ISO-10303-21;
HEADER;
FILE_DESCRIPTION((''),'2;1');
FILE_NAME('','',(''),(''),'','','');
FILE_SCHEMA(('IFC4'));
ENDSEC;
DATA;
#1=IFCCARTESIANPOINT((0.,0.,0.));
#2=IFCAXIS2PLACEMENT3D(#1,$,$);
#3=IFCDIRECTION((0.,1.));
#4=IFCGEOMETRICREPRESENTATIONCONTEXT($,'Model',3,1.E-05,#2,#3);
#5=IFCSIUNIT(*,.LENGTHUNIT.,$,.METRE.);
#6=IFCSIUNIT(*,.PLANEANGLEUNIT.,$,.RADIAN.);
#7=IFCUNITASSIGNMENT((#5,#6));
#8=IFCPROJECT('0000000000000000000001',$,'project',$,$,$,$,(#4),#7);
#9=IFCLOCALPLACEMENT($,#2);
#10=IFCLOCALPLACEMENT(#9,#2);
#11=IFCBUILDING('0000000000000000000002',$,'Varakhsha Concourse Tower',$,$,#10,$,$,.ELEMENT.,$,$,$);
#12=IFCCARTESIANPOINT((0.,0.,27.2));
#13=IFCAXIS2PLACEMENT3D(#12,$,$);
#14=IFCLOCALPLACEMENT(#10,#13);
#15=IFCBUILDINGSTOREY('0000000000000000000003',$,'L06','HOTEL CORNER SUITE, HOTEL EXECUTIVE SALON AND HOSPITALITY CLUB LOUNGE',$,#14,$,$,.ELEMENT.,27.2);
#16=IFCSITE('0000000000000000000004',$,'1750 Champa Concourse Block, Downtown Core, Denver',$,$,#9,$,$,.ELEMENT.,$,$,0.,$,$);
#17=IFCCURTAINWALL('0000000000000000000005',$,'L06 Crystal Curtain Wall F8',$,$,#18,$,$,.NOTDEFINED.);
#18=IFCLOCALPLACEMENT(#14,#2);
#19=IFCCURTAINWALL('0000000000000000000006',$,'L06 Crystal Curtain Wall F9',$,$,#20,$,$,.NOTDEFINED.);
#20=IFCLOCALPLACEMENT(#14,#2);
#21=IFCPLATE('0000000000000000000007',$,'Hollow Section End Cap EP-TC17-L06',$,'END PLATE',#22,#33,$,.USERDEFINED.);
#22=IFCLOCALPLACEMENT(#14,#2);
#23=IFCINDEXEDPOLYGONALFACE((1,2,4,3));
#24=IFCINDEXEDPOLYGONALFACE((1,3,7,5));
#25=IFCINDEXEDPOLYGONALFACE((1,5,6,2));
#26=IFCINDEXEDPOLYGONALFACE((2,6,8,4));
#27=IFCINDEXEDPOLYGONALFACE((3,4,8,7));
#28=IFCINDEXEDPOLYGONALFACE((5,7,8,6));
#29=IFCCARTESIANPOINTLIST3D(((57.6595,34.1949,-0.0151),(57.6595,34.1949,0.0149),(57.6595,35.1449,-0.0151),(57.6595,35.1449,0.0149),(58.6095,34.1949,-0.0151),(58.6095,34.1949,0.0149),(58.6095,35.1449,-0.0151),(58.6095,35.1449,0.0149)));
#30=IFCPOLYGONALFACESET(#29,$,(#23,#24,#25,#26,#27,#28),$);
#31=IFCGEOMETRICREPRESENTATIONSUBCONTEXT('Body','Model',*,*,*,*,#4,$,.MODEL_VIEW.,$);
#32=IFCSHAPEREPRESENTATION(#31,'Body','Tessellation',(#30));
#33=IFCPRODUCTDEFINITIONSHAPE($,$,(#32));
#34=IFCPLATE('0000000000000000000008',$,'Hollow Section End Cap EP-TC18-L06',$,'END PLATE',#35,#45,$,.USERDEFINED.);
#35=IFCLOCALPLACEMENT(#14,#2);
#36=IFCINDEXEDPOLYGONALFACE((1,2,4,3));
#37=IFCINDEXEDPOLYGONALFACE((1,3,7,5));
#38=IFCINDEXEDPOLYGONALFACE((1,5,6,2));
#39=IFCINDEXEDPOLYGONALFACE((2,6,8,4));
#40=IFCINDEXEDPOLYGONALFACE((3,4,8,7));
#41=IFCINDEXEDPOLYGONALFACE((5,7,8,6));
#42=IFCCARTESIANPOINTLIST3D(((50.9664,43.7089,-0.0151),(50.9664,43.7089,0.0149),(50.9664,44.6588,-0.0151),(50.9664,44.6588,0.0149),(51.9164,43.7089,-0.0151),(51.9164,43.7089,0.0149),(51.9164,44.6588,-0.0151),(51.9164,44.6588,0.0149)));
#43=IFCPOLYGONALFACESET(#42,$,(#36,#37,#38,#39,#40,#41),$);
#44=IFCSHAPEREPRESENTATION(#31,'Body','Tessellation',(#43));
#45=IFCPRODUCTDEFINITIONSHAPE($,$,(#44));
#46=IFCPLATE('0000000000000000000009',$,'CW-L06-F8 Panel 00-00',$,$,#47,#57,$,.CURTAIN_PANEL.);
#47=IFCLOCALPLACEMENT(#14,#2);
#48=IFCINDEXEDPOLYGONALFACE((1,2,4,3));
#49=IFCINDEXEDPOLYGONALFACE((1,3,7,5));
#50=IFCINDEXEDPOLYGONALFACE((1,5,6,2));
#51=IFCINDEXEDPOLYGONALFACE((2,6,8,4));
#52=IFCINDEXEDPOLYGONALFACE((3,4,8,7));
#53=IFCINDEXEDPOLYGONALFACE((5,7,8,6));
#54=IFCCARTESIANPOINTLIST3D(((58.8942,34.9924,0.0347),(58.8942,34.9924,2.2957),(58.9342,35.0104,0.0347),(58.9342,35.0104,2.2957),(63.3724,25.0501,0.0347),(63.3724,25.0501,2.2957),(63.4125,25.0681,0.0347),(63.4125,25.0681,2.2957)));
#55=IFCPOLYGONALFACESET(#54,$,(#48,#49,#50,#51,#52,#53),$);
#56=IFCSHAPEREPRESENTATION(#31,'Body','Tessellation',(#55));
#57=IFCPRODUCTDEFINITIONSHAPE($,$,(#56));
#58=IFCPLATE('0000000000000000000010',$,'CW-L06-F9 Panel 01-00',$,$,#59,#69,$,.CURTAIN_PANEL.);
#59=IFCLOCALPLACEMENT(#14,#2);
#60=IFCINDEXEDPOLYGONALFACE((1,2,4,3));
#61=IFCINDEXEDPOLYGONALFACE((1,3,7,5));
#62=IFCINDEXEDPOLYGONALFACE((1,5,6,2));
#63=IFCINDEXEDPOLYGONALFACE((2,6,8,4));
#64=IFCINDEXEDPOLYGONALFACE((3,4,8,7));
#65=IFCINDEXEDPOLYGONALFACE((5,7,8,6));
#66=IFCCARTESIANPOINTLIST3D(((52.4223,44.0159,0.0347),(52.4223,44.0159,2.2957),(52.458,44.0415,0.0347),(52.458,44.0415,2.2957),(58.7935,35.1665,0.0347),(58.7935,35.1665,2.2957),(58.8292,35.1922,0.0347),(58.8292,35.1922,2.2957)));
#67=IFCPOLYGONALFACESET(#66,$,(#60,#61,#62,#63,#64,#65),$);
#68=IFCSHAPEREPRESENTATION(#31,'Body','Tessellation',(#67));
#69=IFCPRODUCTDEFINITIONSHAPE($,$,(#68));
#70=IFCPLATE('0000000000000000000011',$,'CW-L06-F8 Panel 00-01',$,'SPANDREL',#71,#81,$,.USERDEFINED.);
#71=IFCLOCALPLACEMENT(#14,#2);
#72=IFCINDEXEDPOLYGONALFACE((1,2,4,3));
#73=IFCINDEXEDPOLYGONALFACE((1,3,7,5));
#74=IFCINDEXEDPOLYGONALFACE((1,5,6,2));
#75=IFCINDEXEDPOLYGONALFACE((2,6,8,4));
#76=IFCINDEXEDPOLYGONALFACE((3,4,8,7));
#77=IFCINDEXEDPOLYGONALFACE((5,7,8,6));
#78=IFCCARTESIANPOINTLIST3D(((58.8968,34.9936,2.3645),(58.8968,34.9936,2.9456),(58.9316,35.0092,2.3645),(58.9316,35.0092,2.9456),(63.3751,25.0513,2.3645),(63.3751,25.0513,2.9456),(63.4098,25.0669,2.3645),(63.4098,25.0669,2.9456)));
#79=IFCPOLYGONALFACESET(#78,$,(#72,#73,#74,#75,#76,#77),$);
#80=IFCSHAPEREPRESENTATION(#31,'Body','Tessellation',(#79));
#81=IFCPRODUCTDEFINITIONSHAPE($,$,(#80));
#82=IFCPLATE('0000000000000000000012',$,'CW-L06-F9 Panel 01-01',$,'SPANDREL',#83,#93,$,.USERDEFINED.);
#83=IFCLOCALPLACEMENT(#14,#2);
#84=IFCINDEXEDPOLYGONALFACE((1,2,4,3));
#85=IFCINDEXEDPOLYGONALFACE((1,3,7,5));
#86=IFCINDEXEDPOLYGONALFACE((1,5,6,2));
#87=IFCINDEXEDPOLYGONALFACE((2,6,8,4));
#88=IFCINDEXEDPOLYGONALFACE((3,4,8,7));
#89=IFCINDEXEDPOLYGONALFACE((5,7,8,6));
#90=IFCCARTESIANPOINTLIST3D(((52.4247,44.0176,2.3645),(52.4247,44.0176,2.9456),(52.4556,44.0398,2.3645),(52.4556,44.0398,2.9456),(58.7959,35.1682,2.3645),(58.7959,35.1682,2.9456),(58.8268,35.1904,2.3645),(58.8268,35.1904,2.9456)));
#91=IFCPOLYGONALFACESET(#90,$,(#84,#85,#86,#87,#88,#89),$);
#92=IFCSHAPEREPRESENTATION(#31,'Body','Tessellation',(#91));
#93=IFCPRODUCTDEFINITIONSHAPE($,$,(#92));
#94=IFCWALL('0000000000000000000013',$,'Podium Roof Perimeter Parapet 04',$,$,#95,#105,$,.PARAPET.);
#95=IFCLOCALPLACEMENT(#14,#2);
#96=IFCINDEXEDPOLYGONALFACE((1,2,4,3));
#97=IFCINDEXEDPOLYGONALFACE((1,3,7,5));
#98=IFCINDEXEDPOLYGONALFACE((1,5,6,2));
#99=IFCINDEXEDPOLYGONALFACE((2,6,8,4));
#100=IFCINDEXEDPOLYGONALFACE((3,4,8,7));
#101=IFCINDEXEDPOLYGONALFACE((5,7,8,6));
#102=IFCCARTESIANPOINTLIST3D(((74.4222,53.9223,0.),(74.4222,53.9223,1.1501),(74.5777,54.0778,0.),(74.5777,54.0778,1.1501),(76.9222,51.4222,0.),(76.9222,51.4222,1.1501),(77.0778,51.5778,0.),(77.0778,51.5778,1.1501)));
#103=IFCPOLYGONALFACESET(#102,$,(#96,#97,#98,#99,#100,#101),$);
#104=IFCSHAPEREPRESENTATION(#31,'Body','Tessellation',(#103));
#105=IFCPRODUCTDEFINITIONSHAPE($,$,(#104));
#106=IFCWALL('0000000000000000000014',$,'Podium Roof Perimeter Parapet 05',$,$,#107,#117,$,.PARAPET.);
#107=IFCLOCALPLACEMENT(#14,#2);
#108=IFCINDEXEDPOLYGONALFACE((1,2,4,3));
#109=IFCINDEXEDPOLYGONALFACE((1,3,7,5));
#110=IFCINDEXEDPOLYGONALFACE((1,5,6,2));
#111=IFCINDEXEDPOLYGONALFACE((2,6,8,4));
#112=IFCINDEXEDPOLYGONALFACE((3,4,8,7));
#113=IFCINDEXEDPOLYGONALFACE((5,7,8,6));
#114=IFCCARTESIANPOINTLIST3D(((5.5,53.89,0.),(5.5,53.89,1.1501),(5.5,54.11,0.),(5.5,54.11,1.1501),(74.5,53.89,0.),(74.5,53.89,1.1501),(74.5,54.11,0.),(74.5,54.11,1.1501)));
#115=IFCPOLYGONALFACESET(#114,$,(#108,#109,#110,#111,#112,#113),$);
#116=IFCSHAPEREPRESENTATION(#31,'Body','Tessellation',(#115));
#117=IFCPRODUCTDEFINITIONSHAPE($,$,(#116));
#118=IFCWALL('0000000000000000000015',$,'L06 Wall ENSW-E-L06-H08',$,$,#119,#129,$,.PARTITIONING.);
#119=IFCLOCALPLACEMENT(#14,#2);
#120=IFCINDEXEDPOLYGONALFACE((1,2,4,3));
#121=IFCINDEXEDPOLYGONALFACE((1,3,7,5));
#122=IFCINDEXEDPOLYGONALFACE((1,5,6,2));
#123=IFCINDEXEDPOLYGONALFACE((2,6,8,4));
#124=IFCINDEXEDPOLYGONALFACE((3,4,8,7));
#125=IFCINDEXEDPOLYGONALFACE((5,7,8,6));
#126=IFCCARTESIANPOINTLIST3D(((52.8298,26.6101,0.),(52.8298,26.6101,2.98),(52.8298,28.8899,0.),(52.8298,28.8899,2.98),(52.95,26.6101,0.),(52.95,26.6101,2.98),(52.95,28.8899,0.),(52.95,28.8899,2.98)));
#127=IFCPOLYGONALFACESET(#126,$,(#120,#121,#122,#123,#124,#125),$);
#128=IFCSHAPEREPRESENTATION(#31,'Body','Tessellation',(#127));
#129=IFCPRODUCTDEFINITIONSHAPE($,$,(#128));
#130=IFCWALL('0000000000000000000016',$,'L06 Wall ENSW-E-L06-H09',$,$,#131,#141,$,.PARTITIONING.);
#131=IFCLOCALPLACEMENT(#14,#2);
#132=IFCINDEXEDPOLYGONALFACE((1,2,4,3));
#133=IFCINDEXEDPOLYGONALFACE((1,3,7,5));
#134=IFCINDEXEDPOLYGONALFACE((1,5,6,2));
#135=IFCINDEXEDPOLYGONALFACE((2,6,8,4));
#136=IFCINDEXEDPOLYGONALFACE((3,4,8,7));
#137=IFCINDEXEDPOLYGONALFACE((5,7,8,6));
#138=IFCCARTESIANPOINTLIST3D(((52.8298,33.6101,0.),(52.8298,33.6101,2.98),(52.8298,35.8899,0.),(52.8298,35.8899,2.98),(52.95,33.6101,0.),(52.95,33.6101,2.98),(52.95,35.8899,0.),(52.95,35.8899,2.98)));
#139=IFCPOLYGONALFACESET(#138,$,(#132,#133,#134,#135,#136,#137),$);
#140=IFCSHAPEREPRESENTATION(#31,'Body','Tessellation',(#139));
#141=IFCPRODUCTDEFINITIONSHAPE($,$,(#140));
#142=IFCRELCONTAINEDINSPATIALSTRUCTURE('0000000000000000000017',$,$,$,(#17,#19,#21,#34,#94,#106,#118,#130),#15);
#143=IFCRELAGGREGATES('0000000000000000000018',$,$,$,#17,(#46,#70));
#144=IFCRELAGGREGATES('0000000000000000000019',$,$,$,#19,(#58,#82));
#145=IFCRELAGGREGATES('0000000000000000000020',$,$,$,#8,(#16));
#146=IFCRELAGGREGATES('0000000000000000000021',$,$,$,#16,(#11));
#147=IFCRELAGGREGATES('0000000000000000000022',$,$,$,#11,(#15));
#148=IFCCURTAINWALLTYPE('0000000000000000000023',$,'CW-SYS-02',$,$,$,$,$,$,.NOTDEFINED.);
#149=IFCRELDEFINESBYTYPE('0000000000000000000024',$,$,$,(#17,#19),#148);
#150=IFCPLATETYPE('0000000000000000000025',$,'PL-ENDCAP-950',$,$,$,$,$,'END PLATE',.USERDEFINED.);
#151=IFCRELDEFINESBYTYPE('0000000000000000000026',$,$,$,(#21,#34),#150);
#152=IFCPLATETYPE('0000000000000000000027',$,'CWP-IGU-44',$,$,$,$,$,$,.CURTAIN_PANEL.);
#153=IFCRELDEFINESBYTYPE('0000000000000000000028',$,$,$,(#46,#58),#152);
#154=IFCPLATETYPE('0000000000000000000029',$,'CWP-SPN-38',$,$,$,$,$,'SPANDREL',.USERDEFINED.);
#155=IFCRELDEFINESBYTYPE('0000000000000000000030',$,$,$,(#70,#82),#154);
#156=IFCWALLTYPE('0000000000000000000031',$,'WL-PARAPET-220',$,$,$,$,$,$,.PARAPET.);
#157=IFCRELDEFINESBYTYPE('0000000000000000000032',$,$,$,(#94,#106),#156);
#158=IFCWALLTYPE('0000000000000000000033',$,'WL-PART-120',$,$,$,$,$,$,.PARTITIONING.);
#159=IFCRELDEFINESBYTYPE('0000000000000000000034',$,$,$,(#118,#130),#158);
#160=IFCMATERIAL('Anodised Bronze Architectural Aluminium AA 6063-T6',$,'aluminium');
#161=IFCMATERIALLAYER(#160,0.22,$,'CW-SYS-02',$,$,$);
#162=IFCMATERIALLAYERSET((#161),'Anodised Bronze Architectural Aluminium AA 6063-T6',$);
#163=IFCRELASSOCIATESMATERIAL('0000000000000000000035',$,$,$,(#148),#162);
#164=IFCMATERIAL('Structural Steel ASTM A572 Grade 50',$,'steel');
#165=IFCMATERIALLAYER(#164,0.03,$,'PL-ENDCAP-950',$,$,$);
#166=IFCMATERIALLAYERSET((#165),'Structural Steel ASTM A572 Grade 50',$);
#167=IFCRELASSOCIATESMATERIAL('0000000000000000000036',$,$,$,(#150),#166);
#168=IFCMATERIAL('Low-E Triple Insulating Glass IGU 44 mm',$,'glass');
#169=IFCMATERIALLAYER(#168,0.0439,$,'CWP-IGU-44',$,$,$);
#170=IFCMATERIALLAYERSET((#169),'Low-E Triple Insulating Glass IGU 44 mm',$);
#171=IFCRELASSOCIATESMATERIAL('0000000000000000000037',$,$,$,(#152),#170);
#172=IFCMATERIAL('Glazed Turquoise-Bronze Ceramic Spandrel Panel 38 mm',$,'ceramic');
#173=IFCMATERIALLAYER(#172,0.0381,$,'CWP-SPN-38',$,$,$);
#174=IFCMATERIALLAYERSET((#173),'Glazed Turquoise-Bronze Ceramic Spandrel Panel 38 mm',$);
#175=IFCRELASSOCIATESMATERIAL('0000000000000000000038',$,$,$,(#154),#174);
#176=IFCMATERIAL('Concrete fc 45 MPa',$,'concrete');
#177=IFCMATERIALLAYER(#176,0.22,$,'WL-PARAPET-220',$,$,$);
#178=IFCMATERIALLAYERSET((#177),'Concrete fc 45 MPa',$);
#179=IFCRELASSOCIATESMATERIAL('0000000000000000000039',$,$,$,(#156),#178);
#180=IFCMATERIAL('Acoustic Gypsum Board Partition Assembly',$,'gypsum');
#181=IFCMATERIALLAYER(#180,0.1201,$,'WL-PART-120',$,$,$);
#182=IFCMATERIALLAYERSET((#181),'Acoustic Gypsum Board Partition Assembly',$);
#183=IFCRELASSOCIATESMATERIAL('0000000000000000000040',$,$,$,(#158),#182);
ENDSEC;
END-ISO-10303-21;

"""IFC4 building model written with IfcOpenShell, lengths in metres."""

from ifc_helpers import new_model, si_unit, direction, frame, frame_2d, origin, origin_2d, place, context, subcontext, project, spatial, rectangle, extrude, source, transform, mapped, material, layer, layer_set, type_object, type_shapes, element, aggregate, save


model = new_model("IFC4")

# Units and contexts
model_context = context("Model", 3, precision=1e-05, world=origin(), true_north=direction((0.0, 1.0)))
body_context = subcontext(model_context, "Body", "Model", "MODEL_VIEW")
ifc_project = project(units=[si_unit("LENGTHUNIT", "METRE"), si_unit("PLANEANGLEUNIT", "RADIAN")], contexts=[model_context])

# Site, building, storey
site_placement = place(None, origin())
site = spatial("IfcSite", under=ifc_project, at=site_placement, Name="1750 Champa Concourse Block, Downtown Core, Denver", CompositionType="ELEMENT", RefElevation=0.0)
building_placement = place(site_placement, origin())
building = spatial("IfcBuilding", under=site, at=building_placement, Name="Varakhsha Concourse Tower", CompositionType="ELEMENT")
storey_placement = place(building_placement, frame((0.0, 0.0, 27.2)))
storey = spatial("IfcBuildingStorey", under=building, at=storey_placement, Name="L06", Description="HOTEL CORNER SUITE, HOTEL EXECUTIVE SALON AND HOSPITALITY CLUB LOUNGE", CompositionType="ELEMENT", Elevation=27.2)

# Shared definitions
ifc_material_1 = material(Name="Structural Steel ASTM A572 Grade 50", Category="steel")

# Curtain walls
ifc_material_2 = material(Name="Anodised Bronze Architectural Aluminium AA 6063-T6", Category="aluminium")
ifc_layer_1 = layer(ifc_material_2, 0.22, Name="CW-SYS-02")
ifc_layer_set_1 = layer_set([ifc_layer_1], Name="Anodised Bronze Architectural Aluminium AA 6063-T6")
curtain_wall_type = type_object("IfcCurtainWallType", Name="CW-SYS-02", PredefinedType="NOTDEFINED", material=ifc_layer_set_1)
curtain_wall_1_placement = place(storey_placement, origin())
curtain_wall_1 = element("IfcCurtainWall", 1, at=curtain_wall_1_placement, inside=storey, type_object=curtain_wall_type, Name="L06 Crystal Curtain Wall F8", PredefinedType="NOTDEFINED")
curtain_wall_2_placement = place(storey_placement, origin())
curtain_wall_2 = element("IfcCurtainWall", 2, at=curtain_wall_2_placement, inside=storey, type_object=curtain_wall_type, Name="L06 Crystal Curtain Wall F9", PredefinedType="NOTDEFINED")

# Plates
ifc_layer_2 = layer(ifc_material_1, 0.03, Name="PL-ENDCAP-950")
ifc_layer_set_2 = layer_set([ifc_layer_2], Name="Structural Steel ASTM A572 Grade 50")
plate_type_1 = type_object("IfcPlateType", Name="PL-ENDCAP-950", ElementType="END PLATE", PredefinedType="USERDEFINED", material=ifc_layer_set_2)
shared_shape_1 = source(origin(), body_context, "Body", "SweptSolid", [
    extrude(rectangle(XDim=0.95, YDim=0.95, at=origin_2d()), origin(), (0.0, 0.0, 1.0), 0.03),
])
type_shapes(plate_type_1, [shared_shape_1])
for number, where, z_axis, x_axis, name in (
    (3, (58.1345, 34.6699, -0.0151), (0.0, 0.0, 1.0), (1.0, 0.0, 0.0), "Hollow Section End Cap EP-TC17-L06"),
    (4, (51.4414, 44.1838, -0.0151), (0.0, 0.0, 1.0), (1.0, 0.0, 0.0), "Hollow Section End Cap EP-TC18-L06"),
):
    element("IfcPlate", number, at=place(storey_placement, frame(where, z_axis=z_axis, x_axis=x_axis)), inside=storey, type_object=plate_type_1, Name=name, ObjectType="END PLATE", PredefinedType="USERDEFINED", context=body_context, shape_type="MappedRepresentation", body=[
        mapped(shared_shape_1, transform((0.0, 0.0, 0.0), scale=1.0)),
    ])

# Plates
ifc_material_3 = material(Name="Low-E Triple Insulating Glass IGU 44 mm", Category="glass")
ifc_layer_3 = layer(ifc_material_3, 0.0439, Name="CWP-IGU-44")
ifc_layer_set_3 = layer_set([ifc_layer_3], Name="Low-E Triple Insulating Glass IGU 44 mm")
plate_type_2 = type_object("IfcPlateType", Name="CWP-IGU-44", PredefinedType="CURTAIN_PANEL", material=ifc_layer_set_3)
shared_shape_2 = source(origin(), body_context, "Body", "SweptSolid", [
    extrude(rectangle(XDim=10.9043, YDim=0.0439, at=origin_2d()), origin(), (0.0, 0.0, 1.0), 2.261),
])
type_shapes(plate_type_2, [shared_shape_2])
plate_1_placement = place(storey_placement, frame((61.1533, 30.0303, 0.0347), z_axis=(0.0, 0.0, 1.0), x_axis=(0.410684, -0.911778, 0.0)))
plate_1 = element("IfcPlate", 5, at=plate_1_placement, type_object=plate_type_2, Name="CW-L06-F8 Panel 00-00", PredefinedType="CURTAIN_PANEL", context=body_context, shape_type="MappedRepresentation", body=[
    mapped(shared_shape_2, transform((0.0, 0.0, 0.0), scale=1.0)),
])
plate_2_placement = place(storey_placement, frame((55.6257, 39.604, 0.0347), z_axis=(0.0, 0.0, 1.0), x_axis=(0.584284, -0.81155, 0.0)))
plate_2 = element("IfcPlate", 6, at=plate_2_placement, type_object=plate_type_2, Name="CW-L06-F9 Panel 01-00", PredefinedType="CURTAIN_PANEL", context=body_context, shape_type="MappedRepresentation", body=[
    mapped(shared_shape_2, transform((0.0, 0.0, 0.0), scale=1.0)),
])
ifc_material_4 = material(Name="Glazed Turquoise-Bronze Ceramic Spandrel Panel 38 mm", Category="ceramic")
ifc_layer_4 = layer(ifc_material_4, 0.0381, Name="CWP-SPN-38")
ifc_layer_set_4 = layer_set([ifc_layer_4], Name="Glazed Turquoise-Bronze Ceramic Spandrel Panel 38 mm")
plate_type_3 = type_object("IfcPlateType", Name="CWP-SPN-38", ElementType="SPANDREL", PredefinedType="USERDEFINED", material=ifc_layer_set_4)
shared_shape_3 = source(origin(), body_context, "Body", "SweptSolid", [
    extrude(rectangle(XDim=10.9043, YDim=0.0381, at=origin_2d()), origin(), (0.0, 0.0, 1.0), 0.5811),
])
type_shapes(plate_type_3, [shared_shape_3])
plate_3_placement = place(storey_placement, frame((61.1533, 30.0303, 2.3645), z_axis=(0.0, 0.0, 1.0), x_axis=(0.410684, -0.911778, 0.0)))
plate_3 = element("IfcPlate", 7, at=plate_3_placement, type_object=plate_type_3, Name="CW-L06-F8 Panel 00-01", ObjectType="SPANDREL", PredefinedType="USERDEFINED", context=body_context, shape_type="MappedRepresentation", body=[
    mapped(shared_shape_3, transform((0.0, 0.0, 0.0), scale=1.0)),
])
aggregate(curtain_wall_1, [plate_1, plate_3])
plate_4_placement = place(storey_placement, frame((55.6257, 39.604, 2.3645), z_axis=(0.0, 0.0, 1.0), x_axis=(0.584284, -0.81155, 0.0)))
plate_4 = element("IfcPlate", 8, at=plate_4_placement, type_object=plate_type_3, Name="CW-L06-F9 Panel 01-01", ObjectType="SPANDREL", PredefinedType="USERDEFINED", context=body_context, shape_type="MappedRepresentation", body=[
    mapped(shared_shape_3, transform((0.0, 0.0, 0.0), scale=1.0)),
])
aggregate(curtain_wall_2, [plate_2, plate_4])

# Walls
ifc_material_5 = material(Name="Concrete fc 45 MPa", Category="concrete")
ifc_layer_5 = layer(ifc_material_5, 0.22, Name="WL-PARAPET-220")
ifc_layer_set_5 = layer_set([ifc_layer_5], Name="Concrete fc 45 MPa")
wall_type_1 = type_object("IfcWallType", Name="WL-PARAPET-220", PredefinedType="PARAPET", material=ifc_layer_set_5)
wall_1_placement = place(storey_placement, frame((77.0, 51.5, 0.0), z_axis=(0.0, 0.0, 1.0), x_axis=(-0.707107, 0.707107, 0.0)))
element("IfcWall", 9, at=wall_1_placement, inside=storey, type_object=wall_type_1, Name="Podium Roof Perimeter Parapet 04", PredefinedType="PARAPET", context=body_context, shape_type="SweptSolid", body=[
    extrude(rectangle(XDim=3.5356, YDim=0.22, at=frame_2d((1.7678, 0.0))), origin(), (0.0, 0.0, 1.0), 1.1501),
])
wall_2_placement = place(storey_placement, frame((74.5, 54.0, 0.0), z_axis=(0.0, 0.0, 1.0), x_axis=(-1.0, 0.0, 0.0)))
element("IfcWall", 10, at=wall_2_placement, inside=storey, type_object=wall_type_1, Name="Podium Roof Perimeter Parapet 05", PredefinedType="PARAPET", context=body_context, shape_type="SweptSolid", body=[
    extrude(rectangle(XDim=69.0, YDim=0.22, at=frame_2d((34.5, 0.0))), origin(), (0.0, 0.0, 1.0), 1.1501),
])
ifc_material_6 = material(Name="Acoustic Gypsum Board Partition Assembly", Category="gypsum")
ifc_layer_6 = layer(ifc_material_6, 0.1201, Name="WL-PART-120")
ifc_layer_set_6 = layer_set([ifc_layer_6], Name="Acoustic Gypsum Board Partition Assembly")
wall_type_2 = type_object("IfcWallType", Name="WL-PART-120", PredefinedType="PARTITIONING", material=ifc_layer_set_6)
for number, where, z_axis, x_axis, name in (
    (11, (52.8899, 26.6101, 0.0), (0.0, 0.0, 1.0), (0.0, 1.0, 0.0), "L06 Wall ENSW-E-L06-H08"),
    (12, (52.8899, 33.6101, 0.0), (0.0, 0.0, 1.0), (0.0, 1.0, 0.0), "L06 Wall ENSW-E-L06-H09"),
):
    element("IfcWall", number, at=place(storey_placement, frame(where, z_axis=z_axis, x_axis=x_axis)), inside=storey, type_object=wall_type_2, Name=name, PredefinedType="PARTITIONING", context=body_context, shape_type="SweptSolid", body=[
        extrude(rectangle(XDim=2.2798, YDim=0.1201, at=frame_2d((1.1399, 0.0))), origin(), (0.0, 0.0, 1.0), 2.98),
    ])

save(model, "model.ifc")
